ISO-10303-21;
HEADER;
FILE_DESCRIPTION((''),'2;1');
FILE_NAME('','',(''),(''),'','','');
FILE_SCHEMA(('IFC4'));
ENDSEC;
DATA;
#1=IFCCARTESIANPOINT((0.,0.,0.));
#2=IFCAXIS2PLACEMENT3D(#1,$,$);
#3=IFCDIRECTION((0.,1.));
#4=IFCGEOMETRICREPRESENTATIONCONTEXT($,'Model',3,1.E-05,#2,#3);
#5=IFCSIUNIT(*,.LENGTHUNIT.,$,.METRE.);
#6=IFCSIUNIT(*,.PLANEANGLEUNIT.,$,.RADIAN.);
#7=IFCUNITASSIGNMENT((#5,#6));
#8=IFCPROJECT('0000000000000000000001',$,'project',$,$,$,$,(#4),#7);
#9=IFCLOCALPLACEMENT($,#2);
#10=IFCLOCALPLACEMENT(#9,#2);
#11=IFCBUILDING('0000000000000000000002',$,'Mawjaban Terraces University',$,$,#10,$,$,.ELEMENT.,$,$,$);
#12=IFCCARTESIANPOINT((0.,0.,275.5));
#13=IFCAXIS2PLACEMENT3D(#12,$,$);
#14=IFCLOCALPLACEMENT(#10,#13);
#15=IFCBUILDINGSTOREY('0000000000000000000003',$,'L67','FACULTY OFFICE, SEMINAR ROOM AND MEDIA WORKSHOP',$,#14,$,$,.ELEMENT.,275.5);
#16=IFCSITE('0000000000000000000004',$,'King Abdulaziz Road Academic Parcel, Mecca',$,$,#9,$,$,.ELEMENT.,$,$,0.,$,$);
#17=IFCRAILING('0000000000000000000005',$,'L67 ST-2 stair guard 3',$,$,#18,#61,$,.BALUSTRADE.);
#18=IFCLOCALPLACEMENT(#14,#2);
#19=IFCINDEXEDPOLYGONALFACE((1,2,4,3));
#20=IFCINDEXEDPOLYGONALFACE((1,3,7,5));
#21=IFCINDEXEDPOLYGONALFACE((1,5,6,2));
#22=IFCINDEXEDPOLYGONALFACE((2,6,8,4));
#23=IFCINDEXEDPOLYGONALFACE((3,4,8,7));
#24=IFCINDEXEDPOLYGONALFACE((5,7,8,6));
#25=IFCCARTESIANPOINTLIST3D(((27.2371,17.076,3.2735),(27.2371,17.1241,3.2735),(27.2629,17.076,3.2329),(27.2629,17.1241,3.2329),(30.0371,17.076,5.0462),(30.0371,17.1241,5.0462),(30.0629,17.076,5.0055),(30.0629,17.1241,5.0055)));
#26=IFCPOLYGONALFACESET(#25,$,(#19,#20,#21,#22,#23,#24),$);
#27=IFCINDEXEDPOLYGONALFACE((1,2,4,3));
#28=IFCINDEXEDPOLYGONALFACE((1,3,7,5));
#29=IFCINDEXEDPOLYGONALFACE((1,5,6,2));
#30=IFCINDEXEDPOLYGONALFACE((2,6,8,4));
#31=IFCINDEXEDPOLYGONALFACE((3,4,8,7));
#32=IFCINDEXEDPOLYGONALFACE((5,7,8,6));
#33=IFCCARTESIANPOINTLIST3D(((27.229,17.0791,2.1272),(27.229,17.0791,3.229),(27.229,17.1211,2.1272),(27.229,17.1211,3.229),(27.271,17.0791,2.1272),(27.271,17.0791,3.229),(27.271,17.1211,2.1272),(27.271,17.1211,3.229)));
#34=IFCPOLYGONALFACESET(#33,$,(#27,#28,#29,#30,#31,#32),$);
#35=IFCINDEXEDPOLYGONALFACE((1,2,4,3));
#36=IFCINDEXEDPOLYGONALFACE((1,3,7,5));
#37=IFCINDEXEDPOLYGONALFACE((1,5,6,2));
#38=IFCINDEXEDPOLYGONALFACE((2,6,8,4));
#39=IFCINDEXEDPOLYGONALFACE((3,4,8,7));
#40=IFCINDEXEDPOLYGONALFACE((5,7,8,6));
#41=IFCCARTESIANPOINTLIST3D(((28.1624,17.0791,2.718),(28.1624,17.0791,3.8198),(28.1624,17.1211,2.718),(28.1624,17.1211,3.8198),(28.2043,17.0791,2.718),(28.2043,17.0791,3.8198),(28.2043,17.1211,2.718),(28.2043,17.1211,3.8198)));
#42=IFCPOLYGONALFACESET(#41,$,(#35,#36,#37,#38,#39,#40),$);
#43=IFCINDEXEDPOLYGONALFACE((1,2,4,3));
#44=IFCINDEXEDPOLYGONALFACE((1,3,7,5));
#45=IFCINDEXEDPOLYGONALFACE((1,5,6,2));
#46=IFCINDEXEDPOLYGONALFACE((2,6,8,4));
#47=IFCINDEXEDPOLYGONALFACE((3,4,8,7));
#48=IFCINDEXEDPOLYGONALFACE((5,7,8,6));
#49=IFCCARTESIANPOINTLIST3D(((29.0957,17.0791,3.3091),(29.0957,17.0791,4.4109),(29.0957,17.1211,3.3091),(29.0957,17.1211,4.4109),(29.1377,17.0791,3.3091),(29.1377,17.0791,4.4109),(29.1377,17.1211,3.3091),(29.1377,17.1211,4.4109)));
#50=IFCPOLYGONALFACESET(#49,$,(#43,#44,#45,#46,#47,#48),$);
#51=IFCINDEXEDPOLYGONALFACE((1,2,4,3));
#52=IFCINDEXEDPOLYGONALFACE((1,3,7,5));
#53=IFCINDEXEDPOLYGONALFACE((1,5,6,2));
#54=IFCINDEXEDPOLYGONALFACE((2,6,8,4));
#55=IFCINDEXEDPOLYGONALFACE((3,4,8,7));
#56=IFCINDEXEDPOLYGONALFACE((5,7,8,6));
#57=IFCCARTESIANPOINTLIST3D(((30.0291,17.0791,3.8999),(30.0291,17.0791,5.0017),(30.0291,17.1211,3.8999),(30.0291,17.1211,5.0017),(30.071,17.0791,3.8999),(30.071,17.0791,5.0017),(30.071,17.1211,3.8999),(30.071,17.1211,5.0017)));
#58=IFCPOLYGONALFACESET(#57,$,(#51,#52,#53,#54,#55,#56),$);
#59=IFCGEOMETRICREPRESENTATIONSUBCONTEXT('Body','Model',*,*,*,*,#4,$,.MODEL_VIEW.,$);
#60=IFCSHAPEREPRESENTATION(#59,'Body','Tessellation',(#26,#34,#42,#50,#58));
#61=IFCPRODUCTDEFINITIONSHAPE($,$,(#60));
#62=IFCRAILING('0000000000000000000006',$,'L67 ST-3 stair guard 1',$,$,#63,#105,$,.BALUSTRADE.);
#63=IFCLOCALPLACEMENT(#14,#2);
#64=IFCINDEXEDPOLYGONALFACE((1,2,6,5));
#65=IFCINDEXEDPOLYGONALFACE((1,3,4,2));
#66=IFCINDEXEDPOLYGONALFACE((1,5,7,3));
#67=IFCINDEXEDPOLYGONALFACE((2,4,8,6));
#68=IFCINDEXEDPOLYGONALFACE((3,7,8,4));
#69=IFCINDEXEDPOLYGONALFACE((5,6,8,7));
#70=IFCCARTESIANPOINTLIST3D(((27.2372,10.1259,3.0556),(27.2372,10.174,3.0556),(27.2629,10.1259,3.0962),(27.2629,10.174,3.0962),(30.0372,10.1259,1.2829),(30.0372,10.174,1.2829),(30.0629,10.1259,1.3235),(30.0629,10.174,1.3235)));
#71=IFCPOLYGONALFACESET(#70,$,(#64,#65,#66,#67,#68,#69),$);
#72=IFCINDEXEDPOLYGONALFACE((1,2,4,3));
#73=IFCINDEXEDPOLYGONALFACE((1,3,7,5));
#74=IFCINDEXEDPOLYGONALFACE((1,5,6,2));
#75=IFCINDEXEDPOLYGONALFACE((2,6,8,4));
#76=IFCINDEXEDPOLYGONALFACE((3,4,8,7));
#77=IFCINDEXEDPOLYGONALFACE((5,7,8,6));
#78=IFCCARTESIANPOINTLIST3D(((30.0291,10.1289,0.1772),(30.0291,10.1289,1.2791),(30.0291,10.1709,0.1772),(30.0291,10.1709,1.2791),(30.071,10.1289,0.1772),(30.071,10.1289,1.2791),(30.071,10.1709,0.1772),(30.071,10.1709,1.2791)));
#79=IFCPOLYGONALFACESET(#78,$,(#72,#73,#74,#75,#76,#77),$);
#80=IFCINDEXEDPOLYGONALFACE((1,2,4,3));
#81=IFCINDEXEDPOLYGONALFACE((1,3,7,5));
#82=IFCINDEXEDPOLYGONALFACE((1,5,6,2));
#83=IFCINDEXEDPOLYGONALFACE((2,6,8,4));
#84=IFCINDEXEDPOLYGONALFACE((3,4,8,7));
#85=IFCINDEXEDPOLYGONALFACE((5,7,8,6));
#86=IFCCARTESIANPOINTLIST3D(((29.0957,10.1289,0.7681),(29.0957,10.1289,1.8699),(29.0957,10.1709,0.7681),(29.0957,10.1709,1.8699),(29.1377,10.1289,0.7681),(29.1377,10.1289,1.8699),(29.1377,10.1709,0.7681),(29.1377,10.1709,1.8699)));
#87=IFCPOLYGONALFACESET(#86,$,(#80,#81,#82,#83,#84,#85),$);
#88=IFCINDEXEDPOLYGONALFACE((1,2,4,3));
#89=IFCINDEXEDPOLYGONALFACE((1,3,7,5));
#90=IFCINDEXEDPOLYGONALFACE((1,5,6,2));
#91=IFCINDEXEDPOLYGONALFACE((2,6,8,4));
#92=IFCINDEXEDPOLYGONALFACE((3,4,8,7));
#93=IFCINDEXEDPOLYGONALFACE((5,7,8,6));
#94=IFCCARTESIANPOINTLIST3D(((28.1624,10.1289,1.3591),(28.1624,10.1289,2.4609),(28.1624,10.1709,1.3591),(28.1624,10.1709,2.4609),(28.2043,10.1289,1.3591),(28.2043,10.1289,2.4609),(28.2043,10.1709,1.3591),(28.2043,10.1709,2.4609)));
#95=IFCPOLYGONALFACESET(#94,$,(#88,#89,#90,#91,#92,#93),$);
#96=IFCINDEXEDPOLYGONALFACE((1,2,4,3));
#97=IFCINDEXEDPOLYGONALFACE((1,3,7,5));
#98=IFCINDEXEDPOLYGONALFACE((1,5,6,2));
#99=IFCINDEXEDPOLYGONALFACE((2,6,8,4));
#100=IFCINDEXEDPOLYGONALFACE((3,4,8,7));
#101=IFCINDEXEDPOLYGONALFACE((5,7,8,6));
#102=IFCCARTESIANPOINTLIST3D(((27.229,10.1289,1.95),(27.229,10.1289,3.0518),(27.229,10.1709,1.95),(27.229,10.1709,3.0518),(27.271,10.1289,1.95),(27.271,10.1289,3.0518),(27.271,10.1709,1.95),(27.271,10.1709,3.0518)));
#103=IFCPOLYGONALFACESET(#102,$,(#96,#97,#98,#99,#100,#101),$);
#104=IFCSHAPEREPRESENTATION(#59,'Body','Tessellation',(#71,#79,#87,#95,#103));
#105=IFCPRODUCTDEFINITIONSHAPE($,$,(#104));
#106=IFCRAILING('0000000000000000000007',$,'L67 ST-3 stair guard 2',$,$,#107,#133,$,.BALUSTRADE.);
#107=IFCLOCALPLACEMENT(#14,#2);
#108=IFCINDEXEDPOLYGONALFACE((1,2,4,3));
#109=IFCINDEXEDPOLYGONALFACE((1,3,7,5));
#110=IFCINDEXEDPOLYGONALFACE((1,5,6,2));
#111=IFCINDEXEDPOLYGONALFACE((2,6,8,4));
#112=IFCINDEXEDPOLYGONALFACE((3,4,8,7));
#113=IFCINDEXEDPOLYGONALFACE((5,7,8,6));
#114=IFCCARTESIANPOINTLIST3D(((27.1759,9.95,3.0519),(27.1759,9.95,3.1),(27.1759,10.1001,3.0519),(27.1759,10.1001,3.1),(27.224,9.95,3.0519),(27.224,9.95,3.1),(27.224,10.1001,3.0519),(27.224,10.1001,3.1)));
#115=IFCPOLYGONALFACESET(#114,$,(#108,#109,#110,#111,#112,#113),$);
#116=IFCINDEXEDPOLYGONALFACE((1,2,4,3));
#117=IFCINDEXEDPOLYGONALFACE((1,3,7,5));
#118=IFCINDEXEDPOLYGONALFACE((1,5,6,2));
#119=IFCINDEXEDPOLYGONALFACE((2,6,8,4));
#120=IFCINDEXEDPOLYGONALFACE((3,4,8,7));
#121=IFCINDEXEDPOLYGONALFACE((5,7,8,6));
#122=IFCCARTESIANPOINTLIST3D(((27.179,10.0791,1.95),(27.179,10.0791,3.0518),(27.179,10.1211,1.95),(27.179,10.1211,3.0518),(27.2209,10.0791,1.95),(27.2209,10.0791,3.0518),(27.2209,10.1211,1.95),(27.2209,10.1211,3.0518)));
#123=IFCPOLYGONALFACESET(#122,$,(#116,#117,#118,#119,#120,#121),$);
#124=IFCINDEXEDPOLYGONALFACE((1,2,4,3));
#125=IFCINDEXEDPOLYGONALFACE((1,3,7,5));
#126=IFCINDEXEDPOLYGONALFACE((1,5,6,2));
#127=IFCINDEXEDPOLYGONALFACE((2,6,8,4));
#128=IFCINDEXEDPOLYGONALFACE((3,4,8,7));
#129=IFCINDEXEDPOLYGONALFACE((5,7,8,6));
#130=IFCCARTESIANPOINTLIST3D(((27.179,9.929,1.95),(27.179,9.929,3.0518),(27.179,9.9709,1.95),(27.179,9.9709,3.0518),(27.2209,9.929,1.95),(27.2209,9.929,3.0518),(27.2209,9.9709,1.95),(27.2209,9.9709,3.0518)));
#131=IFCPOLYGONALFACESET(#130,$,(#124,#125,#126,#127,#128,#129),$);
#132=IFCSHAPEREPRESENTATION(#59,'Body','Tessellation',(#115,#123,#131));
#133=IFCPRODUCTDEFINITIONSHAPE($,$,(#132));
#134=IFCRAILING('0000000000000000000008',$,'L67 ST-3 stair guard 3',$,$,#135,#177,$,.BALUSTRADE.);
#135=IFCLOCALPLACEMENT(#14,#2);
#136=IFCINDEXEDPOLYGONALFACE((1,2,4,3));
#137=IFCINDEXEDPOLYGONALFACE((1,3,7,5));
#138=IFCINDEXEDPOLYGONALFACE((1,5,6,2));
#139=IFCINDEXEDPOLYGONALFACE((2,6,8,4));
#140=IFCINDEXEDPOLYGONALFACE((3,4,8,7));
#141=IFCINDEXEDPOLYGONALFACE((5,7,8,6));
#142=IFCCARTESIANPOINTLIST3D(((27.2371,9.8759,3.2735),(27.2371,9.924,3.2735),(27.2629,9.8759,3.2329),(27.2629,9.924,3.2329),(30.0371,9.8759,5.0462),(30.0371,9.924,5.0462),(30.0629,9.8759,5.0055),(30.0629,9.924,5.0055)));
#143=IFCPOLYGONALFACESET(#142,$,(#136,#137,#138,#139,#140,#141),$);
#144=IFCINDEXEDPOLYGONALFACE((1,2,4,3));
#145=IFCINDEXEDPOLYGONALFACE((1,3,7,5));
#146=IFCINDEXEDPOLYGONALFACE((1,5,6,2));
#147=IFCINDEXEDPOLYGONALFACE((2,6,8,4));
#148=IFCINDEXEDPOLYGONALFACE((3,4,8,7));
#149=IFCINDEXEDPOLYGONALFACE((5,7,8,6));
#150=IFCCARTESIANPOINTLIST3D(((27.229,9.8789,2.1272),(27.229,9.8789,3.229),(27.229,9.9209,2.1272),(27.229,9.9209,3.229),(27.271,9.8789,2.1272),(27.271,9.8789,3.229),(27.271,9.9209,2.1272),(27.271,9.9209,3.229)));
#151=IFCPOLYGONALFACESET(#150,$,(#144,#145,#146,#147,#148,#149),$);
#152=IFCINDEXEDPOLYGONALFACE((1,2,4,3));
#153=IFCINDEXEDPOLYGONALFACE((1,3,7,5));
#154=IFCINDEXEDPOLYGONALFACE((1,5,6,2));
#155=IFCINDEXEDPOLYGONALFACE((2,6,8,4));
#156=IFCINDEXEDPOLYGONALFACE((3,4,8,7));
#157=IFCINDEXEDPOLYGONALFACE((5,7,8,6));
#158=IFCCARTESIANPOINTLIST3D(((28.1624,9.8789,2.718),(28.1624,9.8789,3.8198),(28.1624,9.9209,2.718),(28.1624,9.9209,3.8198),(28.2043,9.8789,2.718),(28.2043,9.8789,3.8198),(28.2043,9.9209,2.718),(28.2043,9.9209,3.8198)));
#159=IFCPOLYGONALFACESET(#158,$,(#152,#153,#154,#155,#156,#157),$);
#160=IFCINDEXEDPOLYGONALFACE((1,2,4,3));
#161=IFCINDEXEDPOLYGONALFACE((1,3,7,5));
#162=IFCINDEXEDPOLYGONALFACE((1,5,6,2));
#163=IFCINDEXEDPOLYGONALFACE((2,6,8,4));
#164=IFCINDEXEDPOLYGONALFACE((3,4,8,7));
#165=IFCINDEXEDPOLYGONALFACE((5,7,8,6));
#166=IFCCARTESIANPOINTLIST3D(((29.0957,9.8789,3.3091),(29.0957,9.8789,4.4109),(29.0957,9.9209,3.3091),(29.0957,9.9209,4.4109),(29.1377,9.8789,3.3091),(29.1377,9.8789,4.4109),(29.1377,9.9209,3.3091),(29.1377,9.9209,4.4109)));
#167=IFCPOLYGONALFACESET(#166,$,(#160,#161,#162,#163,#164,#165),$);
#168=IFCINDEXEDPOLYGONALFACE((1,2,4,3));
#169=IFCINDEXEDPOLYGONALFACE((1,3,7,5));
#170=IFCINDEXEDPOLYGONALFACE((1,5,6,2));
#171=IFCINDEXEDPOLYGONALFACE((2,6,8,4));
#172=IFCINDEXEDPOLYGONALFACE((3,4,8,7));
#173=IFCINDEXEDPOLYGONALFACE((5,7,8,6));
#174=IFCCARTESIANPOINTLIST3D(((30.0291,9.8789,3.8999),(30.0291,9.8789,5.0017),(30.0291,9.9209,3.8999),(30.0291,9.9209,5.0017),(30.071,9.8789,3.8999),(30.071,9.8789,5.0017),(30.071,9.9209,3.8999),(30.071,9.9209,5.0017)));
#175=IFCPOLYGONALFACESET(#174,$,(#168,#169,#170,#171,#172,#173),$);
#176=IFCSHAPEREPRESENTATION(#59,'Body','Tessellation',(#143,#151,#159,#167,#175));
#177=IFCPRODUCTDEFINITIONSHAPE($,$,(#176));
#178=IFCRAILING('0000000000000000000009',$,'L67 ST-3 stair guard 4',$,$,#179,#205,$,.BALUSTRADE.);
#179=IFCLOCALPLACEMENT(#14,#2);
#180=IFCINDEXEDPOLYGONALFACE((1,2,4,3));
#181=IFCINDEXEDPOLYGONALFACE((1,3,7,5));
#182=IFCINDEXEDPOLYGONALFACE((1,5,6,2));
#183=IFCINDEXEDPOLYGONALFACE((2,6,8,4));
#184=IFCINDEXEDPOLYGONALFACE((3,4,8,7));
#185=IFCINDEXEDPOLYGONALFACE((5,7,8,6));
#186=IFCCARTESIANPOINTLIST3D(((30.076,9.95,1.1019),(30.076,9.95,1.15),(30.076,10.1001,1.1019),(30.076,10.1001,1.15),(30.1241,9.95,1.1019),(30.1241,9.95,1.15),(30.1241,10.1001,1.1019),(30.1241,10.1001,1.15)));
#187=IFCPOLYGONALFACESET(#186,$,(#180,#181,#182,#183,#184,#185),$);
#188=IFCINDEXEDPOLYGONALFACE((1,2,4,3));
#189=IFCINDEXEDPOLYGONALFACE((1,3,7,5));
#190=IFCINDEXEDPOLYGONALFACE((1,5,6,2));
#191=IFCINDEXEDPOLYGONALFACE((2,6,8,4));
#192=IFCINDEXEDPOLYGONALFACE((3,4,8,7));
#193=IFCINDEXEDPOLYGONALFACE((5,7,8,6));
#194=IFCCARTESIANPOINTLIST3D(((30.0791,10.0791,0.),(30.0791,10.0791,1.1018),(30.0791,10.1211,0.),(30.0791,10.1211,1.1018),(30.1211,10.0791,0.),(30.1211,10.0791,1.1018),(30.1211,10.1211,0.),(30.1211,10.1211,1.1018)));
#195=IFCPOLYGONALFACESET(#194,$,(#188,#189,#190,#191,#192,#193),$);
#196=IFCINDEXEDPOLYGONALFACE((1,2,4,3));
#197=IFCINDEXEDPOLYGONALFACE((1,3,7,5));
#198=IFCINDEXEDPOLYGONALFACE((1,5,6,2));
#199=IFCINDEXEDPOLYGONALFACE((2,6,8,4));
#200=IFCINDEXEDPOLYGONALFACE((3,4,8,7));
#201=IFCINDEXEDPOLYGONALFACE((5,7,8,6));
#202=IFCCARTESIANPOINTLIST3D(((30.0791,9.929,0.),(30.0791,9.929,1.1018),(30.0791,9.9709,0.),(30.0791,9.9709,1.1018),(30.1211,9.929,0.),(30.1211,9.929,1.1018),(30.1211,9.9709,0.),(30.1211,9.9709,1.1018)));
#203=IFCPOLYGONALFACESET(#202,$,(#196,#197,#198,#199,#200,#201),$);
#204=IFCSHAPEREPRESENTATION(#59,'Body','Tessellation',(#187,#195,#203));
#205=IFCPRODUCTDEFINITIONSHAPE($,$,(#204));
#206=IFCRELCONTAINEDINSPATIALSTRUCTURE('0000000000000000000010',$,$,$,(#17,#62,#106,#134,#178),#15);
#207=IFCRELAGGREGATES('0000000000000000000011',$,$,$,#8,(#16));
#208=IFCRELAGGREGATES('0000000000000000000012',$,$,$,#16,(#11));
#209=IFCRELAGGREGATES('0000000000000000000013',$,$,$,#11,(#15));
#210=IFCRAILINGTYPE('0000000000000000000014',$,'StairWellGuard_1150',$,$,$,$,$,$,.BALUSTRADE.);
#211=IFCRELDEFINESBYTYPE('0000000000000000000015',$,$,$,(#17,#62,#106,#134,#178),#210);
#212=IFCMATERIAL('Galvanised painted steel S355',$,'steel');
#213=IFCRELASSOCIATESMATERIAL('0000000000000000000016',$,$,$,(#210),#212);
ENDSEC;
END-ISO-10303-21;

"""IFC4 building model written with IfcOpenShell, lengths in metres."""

from ifc_helpers import new_model, si_unit, direction, frame, origin, origin_2d, place, context, subcontext, project, spatial, rectangle, extrude, material, type_object, element, save


model = new_model("IFC4")

# Units and contexts
model_context = context("Model", 3, precision=1e-05, world=origin(), true_north=direction((0.0, 1.0)))
body_context = subcontext(model_context, "Body", "Model", "MODEL_VIEW")
ifc_project = project(units=[si_unit("LENGTHUNIT", "METRE"), si_unit("PLANEANGLEUNIT", "RADIAN")], contexts=[model_context])

# Site, building, storey
site_placement = place(None, origin())
site = spatial("IfcSite", under=ifc_project, at=site_placement, Name="King Abdulaziz Road Academic Parcel, Mecca", CompositionType="ELEMENT", RefElevation=0.0)
building_placement = place(site_placement, origin())
building = spatial("IfcBuilding", under=site, at=building_placement, Name="Mawjaban Terraces University", CompositionType="ELEMENT")
storey_placement = place(building_placement, frame((0.0, 0.0, 275.5)))
storey = spatial("IfcBuildingStorey", under=building, at=storey_placement, Name="L67", Description="FACULTY OFFICE, SEMINAR ROOM AND MEDIA WORKSHOP", CompositionType="ELEMENT", Elevation=275.5)

# Railings
ifc_material_1 = material(Name="Galvanised painted steel S355", Category="steel")
railing_type_1 = type_object("IfcRailingType", Name="StairWellGuard_1150", PredefinedType="BALUSTRADE", material=ifc_material_1)
railing_1_placement = place(storey_placement, frame((27.25, 17.1001, 2.1272)))
element("IfcRailing", 1, at=railing_1_placement, inside=storey, type_object=railing_type_1, Name="L67 ST-2 stair guard 3", PredefinedType="BALUSTRADE", context=body_context, shape_type="SweptSolid", body=[
    extrude(rectangle(XDim=0.0481, YDim=0.0481, at=origin_2d()), frame((0.0, 0.0, 1.126), z_axis=(0.844909, 0.0, 0.53491), x_axis=(0.0, 1.0, 0.0)), (0.0, 0.0, 1.0), 3.314),
    extrude(rectangle(XDim=0.042, YDim=0.042, at=origin_2d()), origin(), (0.0, 0.0, 1.0), 1.1018),
    extrude(rectangle(XDim=0.042, YDim=0.042, at=origin_2d()), frame((0.9333, 0.0, 0.5908)), (0.0, 0.0, 1.0), 1.1018),
    extrude(rectangle(XDim=0.042, YDim=0.042, at=origin_2d()), frame((1.8667, 0.0, 1.1819)), (0.0, 0.0, 1.0), 1.1018),
    extrude(rectangle(XDim=0.042, YDim=0.042, at=origin_2d()), frame((2.8, 0.0, 1.7727)), (0.0, 0.0, 1.0), 1.1018),
])
railing_2_placement = place(storey_placement, frame((30.05, 10.1499, 0.1772)))
element("IfcRailing", 2, at=railing_2_placement, inside=storey, type_object=railing_type_1, Name="L67 ST-3 stair guard 1", PredefinedType="BALUSTRADE", context=body_context, shape_type="SweptSolid", body=[
    extrude(rectangle(XDim=0.0481, YDim=0.0481, at=origin_2d()), frame((0.0, 0.0, 1.126), z_axis=(-0.844909, 0.0, 0.53491), x_axis=(0.0, -1.0, 0.0)), (0.0, 0.0, 1.0), 3.314),
    extrude(rectangle(XDim=0.042, YDim=0.042, at=origin_2d()), origin(), (0.0, 0.0, 1.0), 1.1018),
    extrude(rectangle(XDim=0.042, YDim=0.042, at=origin_2d()), frame((-0.9333, 0.0, 0.5908)), (0.0, 0.0, 1.0), 1.1018),
    extrude(rectangle(XDim=0.042, YDim=0.042, at=origin_2d()), frame((-1.8667, 0.0, 1.1819)), (0.0, 0.0, 1.0), 1.1018),
    extrude(rectangle(XDim=0.042, YDim=0.042, at=origin_2d()), frame((-2.8, 0.0, 1.7727)), (0.0, 0.0, 1.0), 1.1018),
])
railing_3_placement = place(storey_placement, frame((27.2, 10.1001, 1.95)))
element("IfcRailing", 3, at=railing_3_placement, inside=storey, type_object=railing_type_1, Name="L67 ST-3 stair guard 2", PredefinedType="BALUSTRADE", context=body_context, shape_type="SweptSolid", body=[
    extrude(rectangle(XDim=0.0481, YDim=0.0481, at=origin_2d()), frame((0.0, 0.0, 1.126), z_axis=(0.0, -1.0, 0.0), x_axis=(1.0, 0.0, 0.0)), (0.0, 0.0, 1.0), 0.1501),
    extrude(rectangle(XDim=0.042, YDim=0.042, at=origin_2d()), origin(), (0.0, 0.0, 1.0), 1.1018),
    extrude(rectangle(XDim=0.042, YDim=0.042, at=origin_2d()), frame((0.0, -0.1501, 0.0)), (0.0, 0.0, 1.0), 1.1018),
])
railing_4_placement = place(storey_placement, frame((27.25, 9.8999, 2.1272)))
element("IfcRailing", 4, at=railing_4_placement, inside=storey, type_object=railing_type_1, Name="L67 ST-3 stair guard 3", PredefinedType="BALUSTRADE", context=body_context, shape_type="SweptSolid", body=[
    extrude(rectangle(XDim=0.0481, YDim=0.0481, at=origin_2d()), frame((0.0, 0.0, 1.126), z_axis=(0.844909, 0.0, 0.53491), x_axis=(0.0, 1.0, 0.0)), (0.0, 0.0, 1.0), 3.314),
    extrude(rectangle(XDim=0.042, YDim=0.042, at=origin_2d()), origin(), (0.0, 0.0, 1.0), 1.1018),
    extrude(rectangle(XDim=0.042, YDim=0.042, at=origin_2d()), frame((0.9333, 0.0, 0.5908)), (0.0, 0.0, 1.0), 1.1018),
    extrude(rectangle(XDim=0.042, YDim=0.042, at=origin_2d()), frame((1.8667, 0.0, 1.1819)), (0.0, 0.0, 1.0), 1.1018),
    extrude(rectangle(XDim=0.042, YDim=0.042, at=origin_2d()), frame((2.8, 0.0, 1.7727)), (0.0, 0.0, 1.0), 1.1018),
])
railing_5_placement = place(storey_placement, frame((30.1001, 10.1001, 0.0)))
element("IfcRailing", 5, at=railing_5_placement, inside=storey, type_object=railing_type_1, Name="L67 ST-3 stair guard 4", PredefinedType="BALUSTRADE", context=body_context, shape_type="SweptSolid", body=[
    extrude(rectangle(XDim=0.0481, YDim=0.0481, at=origin_2d()), frame((0.0, 0.0, 1.126), z_axis=(0.0, -1.0, 0.0), x_axis=(1.0, 0.0, 0.0)), (0.0, 0.0, 1.0), 0.1501),
    extrude(rectangle(XDim=0.042, YDim=0.042, at=origin_2d()), origin(), (0.0, 0.0, 1.0), 1.1018),
    extrude(rectangle(XDim=0.042, YDim=0.042, at=origin_2d()), frame((0.0, -0.1501, 0.0)), (0.0, 0.0, 1.0), 1.1018),
])

save(model, "model.ifc")
